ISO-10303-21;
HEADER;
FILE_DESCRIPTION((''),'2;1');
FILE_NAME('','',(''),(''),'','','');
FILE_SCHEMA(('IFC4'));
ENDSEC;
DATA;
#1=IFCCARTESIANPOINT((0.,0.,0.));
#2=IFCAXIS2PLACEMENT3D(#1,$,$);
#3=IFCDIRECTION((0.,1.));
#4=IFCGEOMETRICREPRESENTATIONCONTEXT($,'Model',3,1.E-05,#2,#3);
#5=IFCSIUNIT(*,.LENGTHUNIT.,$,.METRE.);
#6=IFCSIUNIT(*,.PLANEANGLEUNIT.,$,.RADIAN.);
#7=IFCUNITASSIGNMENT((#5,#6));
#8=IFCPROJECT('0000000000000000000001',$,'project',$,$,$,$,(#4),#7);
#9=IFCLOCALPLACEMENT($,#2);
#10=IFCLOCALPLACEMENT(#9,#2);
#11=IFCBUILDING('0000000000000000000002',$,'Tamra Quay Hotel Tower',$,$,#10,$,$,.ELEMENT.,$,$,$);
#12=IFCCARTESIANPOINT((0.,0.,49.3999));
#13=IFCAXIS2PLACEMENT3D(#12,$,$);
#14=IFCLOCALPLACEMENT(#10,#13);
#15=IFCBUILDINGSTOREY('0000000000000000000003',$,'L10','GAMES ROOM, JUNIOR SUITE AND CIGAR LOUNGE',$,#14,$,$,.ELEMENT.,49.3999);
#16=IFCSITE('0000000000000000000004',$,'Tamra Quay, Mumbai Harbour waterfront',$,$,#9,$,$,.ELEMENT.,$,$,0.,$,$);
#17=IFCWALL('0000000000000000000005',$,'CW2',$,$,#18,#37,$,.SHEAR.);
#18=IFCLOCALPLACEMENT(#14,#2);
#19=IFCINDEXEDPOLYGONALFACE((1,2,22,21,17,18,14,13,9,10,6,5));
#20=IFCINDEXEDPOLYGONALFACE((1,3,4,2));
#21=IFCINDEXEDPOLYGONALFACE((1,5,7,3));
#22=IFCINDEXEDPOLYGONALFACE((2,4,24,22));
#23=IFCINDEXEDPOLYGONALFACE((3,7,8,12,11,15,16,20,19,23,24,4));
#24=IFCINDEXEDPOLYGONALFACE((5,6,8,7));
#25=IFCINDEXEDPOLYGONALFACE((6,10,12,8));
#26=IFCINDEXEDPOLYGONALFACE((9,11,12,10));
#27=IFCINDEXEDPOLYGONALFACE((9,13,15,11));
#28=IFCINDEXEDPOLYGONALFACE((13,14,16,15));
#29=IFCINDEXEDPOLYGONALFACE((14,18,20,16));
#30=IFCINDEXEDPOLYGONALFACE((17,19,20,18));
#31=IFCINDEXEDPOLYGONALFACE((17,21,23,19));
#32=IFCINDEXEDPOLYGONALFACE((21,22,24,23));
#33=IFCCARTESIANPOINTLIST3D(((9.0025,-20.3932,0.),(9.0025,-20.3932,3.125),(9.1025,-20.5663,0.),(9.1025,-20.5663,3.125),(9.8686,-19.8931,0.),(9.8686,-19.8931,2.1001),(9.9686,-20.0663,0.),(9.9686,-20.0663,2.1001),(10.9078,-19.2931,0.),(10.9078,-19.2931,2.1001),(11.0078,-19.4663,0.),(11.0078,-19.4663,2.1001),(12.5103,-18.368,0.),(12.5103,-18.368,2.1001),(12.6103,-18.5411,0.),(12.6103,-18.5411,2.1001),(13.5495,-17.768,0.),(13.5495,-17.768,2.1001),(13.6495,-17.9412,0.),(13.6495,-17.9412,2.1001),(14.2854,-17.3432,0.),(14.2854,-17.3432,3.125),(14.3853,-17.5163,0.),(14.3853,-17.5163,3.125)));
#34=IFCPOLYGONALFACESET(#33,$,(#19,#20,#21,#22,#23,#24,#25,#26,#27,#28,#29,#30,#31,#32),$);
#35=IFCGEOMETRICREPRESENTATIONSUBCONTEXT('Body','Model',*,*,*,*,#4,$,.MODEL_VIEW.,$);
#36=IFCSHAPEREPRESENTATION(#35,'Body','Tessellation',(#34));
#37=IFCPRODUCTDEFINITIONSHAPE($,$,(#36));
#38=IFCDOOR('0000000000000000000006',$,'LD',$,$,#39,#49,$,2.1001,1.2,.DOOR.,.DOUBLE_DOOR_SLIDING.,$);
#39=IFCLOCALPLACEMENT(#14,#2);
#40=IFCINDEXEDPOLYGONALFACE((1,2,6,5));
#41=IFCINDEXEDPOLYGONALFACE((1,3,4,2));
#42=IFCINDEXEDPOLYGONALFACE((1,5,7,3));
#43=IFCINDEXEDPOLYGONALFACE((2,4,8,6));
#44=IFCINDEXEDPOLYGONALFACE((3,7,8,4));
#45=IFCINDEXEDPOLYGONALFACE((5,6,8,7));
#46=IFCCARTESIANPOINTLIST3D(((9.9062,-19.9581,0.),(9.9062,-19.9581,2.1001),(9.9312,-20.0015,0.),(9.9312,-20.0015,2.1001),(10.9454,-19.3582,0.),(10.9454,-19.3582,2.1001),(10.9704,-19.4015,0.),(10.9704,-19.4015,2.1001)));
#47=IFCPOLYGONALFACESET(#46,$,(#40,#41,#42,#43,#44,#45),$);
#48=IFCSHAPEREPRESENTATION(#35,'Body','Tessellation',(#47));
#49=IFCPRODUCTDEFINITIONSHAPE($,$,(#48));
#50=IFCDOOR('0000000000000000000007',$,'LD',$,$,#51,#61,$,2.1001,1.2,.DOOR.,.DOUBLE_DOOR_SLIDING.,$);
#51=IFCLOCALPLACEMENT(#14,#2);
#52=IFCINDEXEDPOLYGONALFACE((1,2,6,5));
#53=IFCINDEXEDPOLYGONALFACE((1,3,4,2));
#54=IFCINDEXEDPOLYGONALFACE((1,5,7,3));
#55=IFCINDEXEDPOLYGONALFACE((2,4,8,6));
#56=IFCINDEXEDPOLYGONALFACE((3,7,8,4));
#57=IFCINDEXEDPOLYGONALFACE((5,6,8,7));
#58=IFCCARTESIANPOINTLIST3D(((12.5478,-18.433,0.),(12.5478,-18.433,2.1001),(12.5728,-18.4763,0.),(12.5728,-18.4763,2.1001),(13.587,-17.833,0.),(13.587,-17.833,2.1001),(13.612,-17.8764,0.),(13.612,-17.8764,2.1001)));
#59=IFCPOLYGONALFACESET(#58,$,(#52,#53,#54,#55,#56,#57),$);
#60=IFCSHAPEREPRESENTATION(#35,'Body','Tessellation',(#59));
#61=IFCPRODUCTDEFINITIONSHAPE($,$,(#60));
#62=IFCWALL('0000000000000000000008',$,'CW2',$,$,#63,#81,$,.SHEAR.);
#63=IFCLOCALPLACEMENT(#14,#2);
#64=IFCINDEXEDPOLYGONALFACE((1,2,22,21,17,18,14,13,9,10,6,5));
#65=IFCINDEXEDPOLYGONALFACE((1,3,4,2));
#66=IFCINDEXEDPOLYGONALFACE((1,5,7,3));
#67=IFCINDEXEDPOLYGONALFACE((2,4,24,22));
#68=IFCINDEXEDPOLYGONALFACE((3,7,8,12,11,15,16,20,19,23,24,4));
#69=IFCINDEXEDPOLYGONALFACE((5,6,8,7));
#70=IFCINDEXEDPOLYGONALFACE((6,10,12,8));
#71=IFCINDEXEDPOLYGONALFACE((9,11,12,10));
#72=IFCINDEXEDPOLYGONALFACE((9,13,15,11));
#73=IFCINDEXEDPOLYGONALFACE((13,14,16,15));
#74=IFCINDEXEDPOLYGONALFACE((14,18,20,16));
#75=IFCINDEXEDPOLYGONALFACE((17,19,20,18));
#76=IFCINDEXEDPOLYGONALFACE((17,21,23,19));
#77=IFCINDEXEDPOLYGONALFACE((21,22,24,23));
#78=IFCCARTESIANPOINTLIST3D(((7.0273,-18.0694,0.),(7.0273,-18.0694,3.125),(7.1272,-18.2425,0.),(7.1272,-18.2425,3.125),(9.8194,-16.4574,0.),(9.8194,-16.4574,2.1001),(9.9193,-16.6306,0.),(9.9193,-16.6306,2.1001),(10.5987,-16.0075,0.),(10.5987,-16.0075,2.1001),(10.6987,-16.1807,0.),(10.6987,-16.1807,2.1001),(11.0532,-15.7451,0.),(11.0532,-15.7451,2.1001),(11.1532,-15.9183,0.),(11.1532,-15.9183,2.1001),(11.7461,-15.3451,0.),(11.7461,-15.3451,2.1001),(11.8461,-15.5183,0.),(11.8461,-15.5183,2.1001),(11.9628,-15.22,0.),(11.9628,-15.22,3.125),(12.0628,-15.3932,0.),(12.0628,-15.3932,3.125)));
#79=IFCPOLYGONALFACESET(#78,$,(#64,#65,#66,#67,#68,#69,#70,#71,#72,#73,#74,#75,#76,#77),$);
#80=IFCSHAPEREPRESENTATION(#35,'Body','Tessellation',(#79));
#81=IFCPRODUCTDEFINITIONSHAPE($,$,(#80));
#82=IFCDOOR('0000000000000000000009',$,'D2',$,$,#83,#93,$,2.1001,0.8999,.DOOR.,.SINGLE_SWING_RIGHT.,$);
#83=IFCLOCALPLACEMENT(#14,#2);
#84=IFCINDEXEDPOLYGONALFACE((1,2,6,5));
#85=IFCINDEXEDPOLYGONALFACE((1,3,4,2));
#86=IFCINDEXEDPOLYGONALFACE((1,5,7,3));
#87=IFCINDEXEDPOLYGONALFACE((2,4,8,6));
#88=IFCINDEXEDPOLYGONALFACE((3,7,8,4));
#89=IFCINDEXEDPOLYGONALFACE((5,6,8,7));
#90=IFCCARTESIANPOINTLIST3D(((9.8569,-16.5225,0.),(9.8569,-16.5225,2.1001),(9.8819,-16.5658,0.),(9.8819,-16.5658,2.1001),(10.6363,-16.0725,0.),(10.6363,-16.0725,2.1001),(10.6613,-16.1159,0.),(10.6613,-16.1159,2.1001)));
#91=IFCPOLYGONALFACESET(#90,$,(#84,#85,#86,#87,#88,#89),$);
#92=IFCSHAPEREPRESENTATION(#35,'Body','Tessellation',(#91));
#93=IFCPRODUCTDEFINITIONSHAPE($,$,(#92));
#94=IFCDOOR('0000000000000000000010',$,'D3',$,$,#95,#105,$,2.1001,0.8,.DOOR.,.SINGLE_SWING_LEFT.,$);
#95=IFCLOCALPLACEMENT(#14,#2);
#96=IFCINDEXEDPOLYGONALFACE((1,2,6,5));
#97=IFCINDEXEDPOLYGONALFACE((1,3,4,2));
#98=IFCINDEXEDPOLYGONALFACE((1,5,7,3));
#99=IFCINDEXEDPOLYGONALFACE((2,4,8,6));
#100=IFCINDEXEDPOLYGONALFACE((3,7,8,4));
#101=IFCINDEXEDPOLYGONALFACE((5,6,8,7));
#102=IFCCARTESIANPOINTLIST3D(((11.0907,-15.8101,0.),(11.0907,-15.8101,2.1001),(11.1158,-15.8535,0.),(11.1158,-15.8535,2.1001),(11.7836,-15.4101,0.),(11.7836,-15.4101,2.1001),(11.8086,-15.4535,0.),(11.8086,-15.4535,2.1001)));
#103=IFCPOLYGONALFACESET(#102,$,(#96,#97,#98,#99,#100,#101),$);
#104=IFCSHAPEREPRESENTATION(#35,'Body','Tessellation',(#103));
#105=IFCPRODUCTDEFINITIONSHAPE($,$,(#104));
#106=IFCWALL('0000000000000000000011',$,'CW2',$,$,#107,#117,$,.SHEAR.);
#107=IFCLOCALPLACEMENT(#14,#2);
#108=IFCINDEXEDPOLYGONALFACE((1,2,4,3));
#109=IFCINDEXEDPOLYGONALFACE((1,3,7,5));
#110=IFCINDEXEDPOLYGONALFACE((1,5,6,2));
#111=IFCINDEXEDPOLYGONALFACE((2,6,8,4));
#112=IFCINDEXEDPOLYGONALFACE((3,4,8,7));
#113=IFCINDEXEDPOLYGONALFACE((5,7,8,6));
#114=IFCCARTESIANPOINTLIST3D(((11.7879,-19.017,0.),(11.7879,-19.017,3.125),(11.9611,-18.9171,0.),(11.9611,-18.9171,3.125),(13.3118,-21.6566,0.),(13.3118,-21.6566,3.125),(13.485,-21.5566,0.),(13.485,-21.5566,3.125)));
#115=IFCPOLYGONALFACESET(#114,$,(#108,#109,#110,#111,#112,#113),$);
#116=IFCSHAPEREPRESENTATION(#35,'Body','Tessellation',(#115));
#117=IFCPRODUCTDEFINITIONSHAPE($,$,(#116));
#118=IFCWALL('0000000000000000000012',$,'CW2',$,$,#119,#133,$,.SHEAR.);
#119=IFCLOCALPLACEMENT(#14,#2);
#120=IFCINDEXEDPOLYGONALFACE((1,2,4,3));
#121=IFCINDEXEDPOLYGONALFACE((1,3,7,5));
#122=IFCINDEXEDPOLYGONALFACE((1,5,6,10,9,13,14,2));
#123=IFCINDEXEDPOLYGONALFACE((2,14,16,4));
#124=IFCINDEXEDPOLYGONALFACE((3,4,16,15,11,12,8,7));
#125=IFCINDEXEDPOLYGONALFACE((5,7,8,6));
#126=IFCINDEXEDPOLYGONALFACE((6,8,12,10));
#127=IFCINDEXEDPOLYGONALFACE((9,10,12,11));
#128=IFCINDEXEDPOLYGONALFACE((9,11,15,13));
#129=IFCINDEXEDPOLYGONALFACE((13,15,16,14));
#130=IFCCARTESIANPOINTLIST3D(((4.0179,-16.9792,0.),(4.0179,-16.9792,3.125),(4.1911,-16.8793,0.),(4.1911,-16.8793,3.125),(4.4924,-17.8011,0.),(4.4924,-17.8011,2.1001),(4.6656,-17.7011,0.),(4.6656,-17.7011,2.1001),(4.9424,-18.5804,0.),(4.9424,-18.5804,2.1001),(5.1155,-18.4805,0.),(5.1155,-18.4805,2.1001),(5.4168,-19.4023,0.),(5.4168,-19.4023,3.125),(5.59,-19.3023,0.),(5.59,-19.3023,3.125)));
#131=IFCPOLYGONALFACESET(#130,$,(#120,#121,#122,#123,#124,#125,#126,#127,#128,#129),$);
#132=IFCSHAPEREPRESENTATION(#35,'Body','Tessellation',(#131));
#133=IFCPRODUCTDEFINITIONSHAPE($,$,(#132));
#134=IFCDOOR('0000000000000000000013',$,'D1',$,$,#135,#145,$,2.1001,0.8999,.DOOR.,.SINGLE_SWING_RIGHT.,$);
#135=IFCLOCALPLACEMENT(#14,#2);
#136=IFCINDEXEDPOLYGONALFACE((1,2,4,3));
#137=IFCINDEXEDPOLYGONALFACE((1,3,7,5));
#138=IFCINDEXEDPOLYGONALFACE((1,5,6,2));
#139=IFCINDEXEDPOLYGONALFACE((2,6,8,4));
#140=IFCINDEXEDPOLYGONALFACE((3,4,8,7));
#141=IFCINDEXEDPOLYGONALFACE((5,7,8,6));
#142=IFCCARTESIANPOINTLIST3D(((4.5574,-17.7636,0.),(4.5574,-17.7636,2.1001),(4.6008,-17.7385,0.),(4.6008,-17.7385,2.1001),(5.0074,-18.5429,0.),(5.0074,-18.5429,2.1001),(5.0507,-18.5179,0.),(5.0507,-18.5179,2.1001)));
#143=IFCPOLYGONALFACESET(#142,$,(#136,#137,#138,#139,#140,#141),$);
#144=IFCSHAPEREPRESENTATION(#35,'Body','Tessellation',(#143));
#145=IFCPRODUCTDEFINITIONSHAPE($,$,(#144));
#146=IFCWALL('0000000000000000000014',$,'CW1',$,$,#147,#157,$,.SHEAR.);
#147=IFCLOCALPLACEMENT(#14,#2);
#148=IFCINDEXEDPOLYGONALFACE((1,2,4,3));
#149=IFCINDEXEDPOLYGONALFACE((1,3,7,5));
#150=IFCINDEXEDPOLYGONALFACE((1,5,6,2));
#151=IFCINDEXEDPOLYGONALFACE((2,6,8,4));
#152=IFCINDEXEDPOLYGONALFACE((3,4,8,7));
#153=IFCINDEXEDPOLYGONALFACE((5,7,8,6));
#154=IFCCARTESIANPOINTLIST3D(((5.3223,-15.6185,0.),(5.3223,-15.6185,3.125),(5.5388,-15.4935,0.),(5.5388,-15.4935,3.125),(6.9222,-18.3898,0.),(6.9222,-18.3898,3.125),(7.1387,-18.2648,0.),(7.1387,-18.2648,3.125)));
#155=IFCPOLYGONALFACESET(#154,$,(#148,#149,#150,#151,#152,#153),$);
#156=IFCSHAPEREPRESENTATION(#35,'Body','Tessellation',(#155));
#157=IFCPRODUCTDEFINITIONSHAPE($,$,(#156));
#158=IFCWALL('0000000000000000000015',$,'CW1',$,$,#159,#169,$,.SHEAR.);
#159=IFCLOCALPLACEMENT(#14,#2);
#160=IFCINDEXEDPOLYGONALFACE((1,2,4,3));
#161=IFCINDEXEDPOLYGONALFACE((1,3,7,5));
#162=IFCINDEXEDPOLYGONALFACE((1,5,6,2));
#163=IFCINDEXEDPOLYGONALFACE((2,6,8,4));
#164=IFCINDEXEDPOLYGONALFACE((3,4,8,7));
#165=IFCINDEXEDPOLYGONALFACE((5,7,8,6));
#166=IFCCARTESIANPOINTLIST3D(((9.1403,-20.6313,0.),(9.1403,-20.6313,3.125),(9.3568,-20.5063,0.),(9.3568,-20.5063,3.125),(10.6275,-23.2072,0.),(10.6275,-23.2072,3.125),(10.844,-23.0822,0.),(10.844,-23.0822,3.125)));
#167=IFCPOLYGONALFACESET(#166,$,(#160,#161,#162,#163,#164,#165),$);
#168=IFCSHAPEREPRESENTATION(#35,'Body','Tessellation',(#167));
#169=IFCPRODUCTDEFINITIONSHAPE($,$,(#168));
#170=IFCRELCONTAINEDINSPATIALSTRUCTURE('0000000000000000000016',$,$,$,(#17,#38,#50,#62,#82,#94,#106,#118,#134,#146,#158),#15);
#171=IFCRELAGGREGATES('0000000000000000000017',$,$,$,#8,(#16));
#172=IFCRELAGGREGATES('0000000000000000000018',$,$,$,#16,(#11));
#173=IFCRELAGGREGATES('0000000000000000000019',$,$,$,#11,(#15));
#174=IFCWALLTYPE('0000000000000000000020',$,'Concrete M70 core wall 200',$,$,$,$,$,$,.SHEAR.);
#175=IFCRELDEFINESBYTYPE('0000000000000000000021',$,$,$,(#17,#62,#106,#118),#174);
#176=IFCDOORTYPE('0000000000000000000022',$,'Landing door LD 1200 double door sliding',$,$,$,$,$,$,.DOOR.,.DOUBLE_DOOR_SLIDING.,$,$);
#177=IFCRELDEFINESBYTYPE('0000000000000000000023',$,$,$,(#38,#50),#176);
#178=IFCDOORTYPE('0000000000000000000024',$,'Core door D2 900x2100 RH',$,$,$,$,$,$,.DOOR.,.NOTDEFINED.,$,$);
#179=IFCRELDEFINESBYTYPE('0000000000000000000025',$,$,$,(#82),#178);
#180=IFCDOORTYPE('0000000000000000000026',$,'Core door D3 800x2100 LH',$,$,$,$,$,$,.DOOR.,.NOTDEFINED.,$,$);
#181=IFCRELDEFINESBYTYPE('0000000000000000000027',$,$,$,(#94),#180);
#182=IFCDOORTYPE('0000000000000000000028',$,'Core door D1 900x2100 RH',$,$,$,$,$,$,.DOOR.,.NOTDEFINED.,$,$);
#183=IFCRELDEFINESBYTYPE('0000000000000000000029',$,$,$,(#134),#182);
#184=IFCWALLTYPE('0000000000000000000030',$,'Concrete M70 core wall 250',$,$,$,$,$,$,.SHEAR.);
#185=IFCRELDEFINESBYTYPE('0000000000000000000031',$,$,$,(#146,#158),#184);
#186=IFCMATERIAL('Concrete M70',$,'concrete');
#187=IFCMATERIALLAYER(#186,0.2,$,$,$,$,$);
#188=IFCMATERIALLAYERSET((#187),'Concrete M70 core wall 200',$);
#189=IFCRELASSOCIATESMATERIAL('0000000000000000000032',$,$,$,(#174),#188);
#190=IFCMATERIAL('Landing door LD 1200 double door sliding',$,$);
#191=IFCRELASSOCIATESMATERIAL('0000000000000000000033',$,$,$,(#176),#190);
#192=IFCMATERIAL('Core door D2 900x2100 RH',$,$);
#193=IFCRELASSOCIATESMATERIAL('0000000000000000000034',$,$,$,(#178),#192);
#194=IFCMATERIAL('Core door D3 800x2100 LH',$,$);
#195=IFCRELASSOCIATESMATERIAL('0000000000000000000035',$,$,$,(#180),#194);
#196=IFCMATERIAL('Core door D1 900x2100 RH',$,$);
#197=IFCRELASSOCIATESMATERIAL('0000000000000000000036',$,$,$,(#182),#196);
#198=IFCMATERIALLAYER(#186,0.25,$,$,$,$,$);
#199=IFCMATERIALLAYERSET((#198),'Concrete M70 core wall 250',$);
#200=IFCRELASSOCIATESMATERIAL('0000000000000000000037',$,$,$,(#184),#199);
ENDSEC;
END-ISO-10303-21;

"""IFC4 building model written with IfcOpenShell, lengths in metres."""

from ifc_helpers import new_model, si_unit, direction, frame, frame_2d, origin, place, context, subcontext, project, spatial, rectangle, extrude, material, layer, layer_set, type_object, element, fill, save


model = new_model("IFC4")

# Units and contexts
model_context = context("Model", 3, precision=1e-05, world=origin(), true_north=direction((0.0, 1.0)))
body_context = subcontext(model_context, "Body", "Model", "MODEL_VIEW")
ifc_project = project(units=[si_unit("LENGTHUNIT", "METRE"), si_unit("PLANEANGLEUNIT", "RADIAN")], contexts=[model_context])

# Site, building, storey
site_placement = place(None, origin())
site = spatial("IfcSite", under=ifc_project, at=site_placement, Name="Tamra Quay, Mumbai Harbour waterfront", CompositionType="ELEMENT", RefElevation=0.0)
building_placement = place(site_placement, origin())
building = spatial("IfcBuilding", under=site, at=building_placement, Name="Tamra Quay Hotel Tower", CompositionType="ELEMENT")
storey_placement = place(building_placement, frame((0.0, 0.0, 49.3999)))
storey = spatial("IfcBuildingStorey", under=building, at=storey_placement, Name="L10", Description="GAMES ROOM, JUNIOR SUITE AND CIGAR LOUNGE", CompositionType="ELEMENT", Elevation=49.3999)

# Shared definitions
ifc_material_1 = material(Name="Concrete M70", Category="concrete")

# Walls, openings, doors
ifc_layer_1 = layer(ifc_material_1, 0.2)
ifc_layer_set_1 = layer_set([ifc_layer_1], Name="Concrete M70 core wall 200")
wall_type_1 = type_object("IfcWallType", Name="Concrete M70 core wall 200", PredefinedType="SHEAR", material=ifc_layer_set_1)
wall_1_placement = place(storey_placement, frame((9.0525, -20.4797, 0.0), z_axis=(0.0, 0.0, 1.0), x_axis=(0.86603, 0.499992, 0.0)))
wall_1 = element("IfcWall", 1, at=wall_1_placement, inside=storey, type_object=wall_type_1, Name="CW2", PredefinedType="SHEAR", context=body_context, shape_type="SweptSolid", body=[
    extrude(rectangle(XDim=6.1001, YDim=0.2, at=frame_2d((3.05, 0.0))), origin(), (0.0, 0.0, 1.0), 3.125),
])
opening_1_placement = place(wall_1_placement, frame((1.0, 0.0, 0.0)))
opening_1 = element("IfcOpeningElement", 2, at=opening_1_placement, cuts=wall_1, PredefinedType="OPENING", context=body_context, shape_type="SweptSolid", body=[
    extrude(rectangle(XDim=1.2, YDim=2.1001, at=frame_2d((0.6001, 1.05))), frame((0.0, 0.1099, 0.0), z_axis=(0.0, -1.0, 0.0), x_axis=(1.0, 0.0, 0.0)), (0.0, 0.0, 1.0), 0.22),
])
opening_2_placement = place(wall_1_placement, frame((4.0503, 0.0, 0.0)))
opening_2 = element("IfcOpeningElement", 3, at=opening_2_placement, cuts=wall_1, PredefinedType="OPENING", context=body_context, shape_type="SweptSolid", body=[
    extrude(rectangle(XDim=1.2, YDim=2.1001, at=frame_2d((0.6001, 1.05))), frame((0.0, 0.1099, 0.0), z_axis=(0.0, -1.0, 0.0), x_axis=(1.0, 0.0, 0.0)), (0.0, 0.0, 1.0), 0.22),
])
ifc_material_2 = material(Name="Landing door LD 1200 double door sliding")
door_type_1 = type_object("IfcDoorType", Name="Landing door LD 1200 double door sliding", OperationType="DOUBLE_DOOR_SLIDING", PredefinedType="DOOR", material=ifc_material_2)
door_1_placement = place(opening_1_placement, origin())
door_1 = element("IfcDoor", 4, at=door_1_placement, inside=storey, type_object=door_type_1, Name="LD", OperationType="DOUBLE_DOOR_SLIDING", OverallHeight=2.1001, OverallWidth=1.2, PredefinedType="DOOR", context=body_context, shape_type="SweptSolid", body=[
    extrude(rectangle(XDim=1.2, YDim=2.1001, at=frame_2d((0.6001, 1.05))), frame((0.0, 0.0249, 0.0), z_axis=(0.0, -1.0, 0.0), x_axis=(1.0, 0.0, 0.0)), (0.0, 0.0, 1.0), 0.05),
])
fill(opening_1, door_1)
door_2_placement = place(opening_2_placement, origin())
door_2 = element("IfcDoor", 5, at=door_2_placement, inside=storey, type_object=door_type_1, Name="LD", OperationType="DOUBLE_DOOR_SLIDING", OverallHeight=2.1001, OverallWidth=1.2, PredefinedType="DOOR", context=body_context, shape_type="SweptSolid", body=[
    extrude(rectangle(XDim=1.2, YDim=2.1001, at=frame_2d((0.6001, 1.05))), frame((0.0, 0.0249, 0.0), z_axis=(0.0, -1.0, 0.0), x_axis=(1.0, 0.0, 0.0)), (0.0, 0.0, 1.0), 0.05),
])
fill(opening_2, door_2)
wall_2_placement = place(storey_placement, frame((7.0771, -18.156, 0.0), z_axis=(0.0, 0.0, 1.0), x_axis=(0.866039, 0.499977, 0.0)))
wall_2 = element("IfcWall", 6, at=wall_2_placement, inside=storey, type_object=wall_type_1, Name="CW2", PredefinedType="SHEAR", context=body_context, shape_type="SweptSolid", body=[
    extrude(rectangle(XDim=5.699, YDim=0.2, at=frame_2d((2.8496, 0.0))), origin(), (0.0, 0.0, 1.0), 3.125),
])
opening_3_placement = place(wall_2_placement, frame((3.2241, 0.0, 0.0)))
opening_3 = element("IfcOpeningElement", 7, at=opening_3_placement, cuts=wall_2, PredefinedType="OPENING", context=body_context, shape_type="SweptSolid", body=[
    extrude(rectangle(XDim=0.8999, YDim=2.1001, at=frame_2d((0.45, 1.05))), frame((0.0, 0.1099, 0.0), z_axis=(0.0, -1.0, 0.0), x_axis=(1.0, 0.0, 0.0)), (0.0, 0.0, 1.0), 0.22),
])
opening_4_placement = place(wall_2_placement, frame((4.6489, 0.0, 0.0)))
opening_4 = element("IfcOpeningElement", 8, at=opening_4_placement, cuts=wall_2, PredefinedType="OPENING", context=body_context, shape_type="SweptSolid", body=[
    extrude(rectangle(XDim=0.8, YDim=2.1001, at=frame_2d((0.3999, 1.05))), frame((0.0, 0.1099, 0.0), z_axis=(0.0, -1.0, 0.0), x_axis=(1.0, 0.0, 0.0)), (0.0, 0.0, 1.0), 0.22),
])
ifc_material_3 = material(Name="Core door D2 900x2100 RH")
door_type_2 = type_object("IfcDoorType", Name="Core door D2 900x2100 RH", OperationType="NOTDEFINED", PredefinedType="DOOR", material=ifc_material_3)
door_3_placement = place(opening_3_placement, origin())
door_3 = element("IfcDoor", 9, at=door_3_placement, inside=storey, type_object=door_type_2, Name="D2", OperationType="SINGLE_SWING_RIGHT", OverallHeight=2.1001, OverallWidth=0.8999, PredefinedType="DOOR", context=body_context, shape_type="SweptSolid", body=[
    extrude(rectangle(XDim=0.8999, YDim=2.1001, at=frame_2d((0.45, 1.05))), frame((0.0, 0.0249, 0.0), z_axis=(0.0, -1.0, 0.0), x_axis=(1.0, 0.0, 0.0)), (0.0, 0.0, 1.0), 0.05),
])
fill(opening_3, door_3)
ifc_material_4 = material(Name="Core door D3 800x2100 LH")
door_type_3 = type_object("IfcDoorType", Name="Core door D3 800x2100 LH", OperationType="NOTDEFINED", PredefinedType="DOOR", material=ifc_material_4)
door_4_placement = place(opening_4_placement, origin())
door_4 = element("IfcDoor", 10, at=door_4_placement, inside=storey, type_object=door_type_3, Name="D3", OperationType="SINGLE_SWING_LEFT", OverallHeight=2.1001, OverallWidth=0.8, PredefinedType="DOOR", context=body_context, shape_type="SweptSolid", body=[
    extrude(rectangle(XDim=0.8, YDim=2.1001, at=frame_2d((0.3999, 1.05))), frame((0.0, 0.0249, 0.0), z_axis=(0.0, -1.0, 0.0), x_axis=(1.0, 0.0, 0.0)), (0.0, 0.0, 1.0), 0.05),
])
fill(opening_4, door_4)

# Wall
wall_3_placement = place(storey_placement, frame((11.8745, -18.967, 0.0), z_axis=(0.0, 0.0, 1.0), x_axis=(0.499981, -0.866036, 0.0)))
element("IfcWall", 11, at=wall_3_placement, inside=storey, type_object=wall_type_1, Name="CW2", PredefinedType="SHEAR", context=body_context, shape_type="SweptSolid", body=[
    extrude(rectangle(XDim=3.0479, YDim=0.2, at=frame_2d((1.5239, 0.0))), origin(), (0.0, 0.0, 1.0), 3.125),
])

# Wall, opening, door
wall_4_placement = place(storey_placement, frame((5.5034, -19.3523, 0.0), z_axis=(0.0, 0.0, 1.0), x_axis=(-0.499987, 0.866033, 0.0)))
wall_4 = element("IfcWall", 12, at=wall_4_placement, inside=storey, type_object=wall_type_1, Name="CW2", PredefinedType="SHEAR", context=body_context, shape_type="SweptSolid", body=[
    extrude(rectangle(XDim=2.7979, YDim=0.2, at=frame_2d((1.3989, 0.0))), origin(), (0.0, 0.0, 1.0), 3.125),
])
opening_5_placement = place(wall_4_placement, frame((0.949, 0.0, 0.0)))
opening_5 = element("IfcOpeningElement", 13, at=opening_5_placement, cuts=wall_4, PredefinedType="OPENING", context=body_context, shape_type="SweptSolid", body=[
    extrude(rectangle(XDim=0.8999, YDim=2.1001, at=frame_2d((0.45, 1.05))), frame((0.0, 0.1099, 0.0), z_axis=(0.0, -1.0, 0.0), x_axis=(1.0, 0.0, 0.0)), (0.0, 0.0, 1.0), 0.22),
])
ifc_material_5 = material(Name="Core door D1 900x2100 RH")
door_type_4 = type_object("IfcDoorType", Name="Core door D1 900x2100 RH", OperationType="NOTDEFINED", PredefinedType="DOOR", material=ifc_material_5)
door_5_placement = place(opening_5_placement, origin())
door_5 = element("IfcDoor", 14, at=door_5_placement, inside=storey, type_object=door_type_4, Name="D1", OperationType="SINGLE_SWING_RIGHT", OverallHeight=2.1001, OverallWidth=0.8999, PredefinedType="DOOR", context=body_context, shape_type="SweptSolid", body=[
    extrude(rectangle(XDim=0.8999, YDim=2.1001, at=frame_2d((0.45, 1.05))), frame((0.0, 0.0249, 0.0), z_axis=(0.0, -1.0, 0.0), x_axis=(1.0, 0.0, 0.0)), (0.0, 0.0, 1.0), 0.05),
])
fill(opening_5, door_5)

# Walls
ifc_layer_2 = layer(ifc_material_1, 0.25)
ifc_layer_set_2 = layer_set([ifc_layer_2], Name="Concrete M70 core wall 250")
wall_type_2 = type_object("IfcWallType", Name="Concrete M70 core wall 250", PredefinedType="SHEAR", material=ifc_layer_set_2)
wall_5_placement = place(storey_placement, frame((7.0305, -18.3274, 0.0), z_axis=(0.0, 0.0, 1.0), x_axis=(-0.499971, 0.866042, 0.0)))
element("IfcWall", 15, at=wall_5_placement, inside=storey, type_object=wall_type_2, Name="CW1", PredefinedType="SHEAR", context=body_context, shape_type="SweptSolid", body=[
    extrude(rectangle(XDim=3.2, YDim=0.25, at=frame_2d((1.6001, 0.0))), origin(), (0.0, 0.0, 1.0), 3.125),
])
wall_6_placement = place(storey_placement, frame((10.7358, -23.1448, 0.0), z_axis=(0.0, 0.0, 1.0), x_axis=(-0.500023, 0.866012, 0.0)))
element("IfcWall", 16, at=wall_6_placement, inside=storey, type_object=wall_type_2, Name="CW1", PredefinedType="SHEAR", context=body_context, shape_type="SweptSolid", body=[
    extrude(rectangle(XDim=2.9744, YDim=0.25, at=frame_2d((1.4873, 0.0))), origin(), (0.0, 0.0, 1.0), 3.125),
])

save(model, "model.ifc")
